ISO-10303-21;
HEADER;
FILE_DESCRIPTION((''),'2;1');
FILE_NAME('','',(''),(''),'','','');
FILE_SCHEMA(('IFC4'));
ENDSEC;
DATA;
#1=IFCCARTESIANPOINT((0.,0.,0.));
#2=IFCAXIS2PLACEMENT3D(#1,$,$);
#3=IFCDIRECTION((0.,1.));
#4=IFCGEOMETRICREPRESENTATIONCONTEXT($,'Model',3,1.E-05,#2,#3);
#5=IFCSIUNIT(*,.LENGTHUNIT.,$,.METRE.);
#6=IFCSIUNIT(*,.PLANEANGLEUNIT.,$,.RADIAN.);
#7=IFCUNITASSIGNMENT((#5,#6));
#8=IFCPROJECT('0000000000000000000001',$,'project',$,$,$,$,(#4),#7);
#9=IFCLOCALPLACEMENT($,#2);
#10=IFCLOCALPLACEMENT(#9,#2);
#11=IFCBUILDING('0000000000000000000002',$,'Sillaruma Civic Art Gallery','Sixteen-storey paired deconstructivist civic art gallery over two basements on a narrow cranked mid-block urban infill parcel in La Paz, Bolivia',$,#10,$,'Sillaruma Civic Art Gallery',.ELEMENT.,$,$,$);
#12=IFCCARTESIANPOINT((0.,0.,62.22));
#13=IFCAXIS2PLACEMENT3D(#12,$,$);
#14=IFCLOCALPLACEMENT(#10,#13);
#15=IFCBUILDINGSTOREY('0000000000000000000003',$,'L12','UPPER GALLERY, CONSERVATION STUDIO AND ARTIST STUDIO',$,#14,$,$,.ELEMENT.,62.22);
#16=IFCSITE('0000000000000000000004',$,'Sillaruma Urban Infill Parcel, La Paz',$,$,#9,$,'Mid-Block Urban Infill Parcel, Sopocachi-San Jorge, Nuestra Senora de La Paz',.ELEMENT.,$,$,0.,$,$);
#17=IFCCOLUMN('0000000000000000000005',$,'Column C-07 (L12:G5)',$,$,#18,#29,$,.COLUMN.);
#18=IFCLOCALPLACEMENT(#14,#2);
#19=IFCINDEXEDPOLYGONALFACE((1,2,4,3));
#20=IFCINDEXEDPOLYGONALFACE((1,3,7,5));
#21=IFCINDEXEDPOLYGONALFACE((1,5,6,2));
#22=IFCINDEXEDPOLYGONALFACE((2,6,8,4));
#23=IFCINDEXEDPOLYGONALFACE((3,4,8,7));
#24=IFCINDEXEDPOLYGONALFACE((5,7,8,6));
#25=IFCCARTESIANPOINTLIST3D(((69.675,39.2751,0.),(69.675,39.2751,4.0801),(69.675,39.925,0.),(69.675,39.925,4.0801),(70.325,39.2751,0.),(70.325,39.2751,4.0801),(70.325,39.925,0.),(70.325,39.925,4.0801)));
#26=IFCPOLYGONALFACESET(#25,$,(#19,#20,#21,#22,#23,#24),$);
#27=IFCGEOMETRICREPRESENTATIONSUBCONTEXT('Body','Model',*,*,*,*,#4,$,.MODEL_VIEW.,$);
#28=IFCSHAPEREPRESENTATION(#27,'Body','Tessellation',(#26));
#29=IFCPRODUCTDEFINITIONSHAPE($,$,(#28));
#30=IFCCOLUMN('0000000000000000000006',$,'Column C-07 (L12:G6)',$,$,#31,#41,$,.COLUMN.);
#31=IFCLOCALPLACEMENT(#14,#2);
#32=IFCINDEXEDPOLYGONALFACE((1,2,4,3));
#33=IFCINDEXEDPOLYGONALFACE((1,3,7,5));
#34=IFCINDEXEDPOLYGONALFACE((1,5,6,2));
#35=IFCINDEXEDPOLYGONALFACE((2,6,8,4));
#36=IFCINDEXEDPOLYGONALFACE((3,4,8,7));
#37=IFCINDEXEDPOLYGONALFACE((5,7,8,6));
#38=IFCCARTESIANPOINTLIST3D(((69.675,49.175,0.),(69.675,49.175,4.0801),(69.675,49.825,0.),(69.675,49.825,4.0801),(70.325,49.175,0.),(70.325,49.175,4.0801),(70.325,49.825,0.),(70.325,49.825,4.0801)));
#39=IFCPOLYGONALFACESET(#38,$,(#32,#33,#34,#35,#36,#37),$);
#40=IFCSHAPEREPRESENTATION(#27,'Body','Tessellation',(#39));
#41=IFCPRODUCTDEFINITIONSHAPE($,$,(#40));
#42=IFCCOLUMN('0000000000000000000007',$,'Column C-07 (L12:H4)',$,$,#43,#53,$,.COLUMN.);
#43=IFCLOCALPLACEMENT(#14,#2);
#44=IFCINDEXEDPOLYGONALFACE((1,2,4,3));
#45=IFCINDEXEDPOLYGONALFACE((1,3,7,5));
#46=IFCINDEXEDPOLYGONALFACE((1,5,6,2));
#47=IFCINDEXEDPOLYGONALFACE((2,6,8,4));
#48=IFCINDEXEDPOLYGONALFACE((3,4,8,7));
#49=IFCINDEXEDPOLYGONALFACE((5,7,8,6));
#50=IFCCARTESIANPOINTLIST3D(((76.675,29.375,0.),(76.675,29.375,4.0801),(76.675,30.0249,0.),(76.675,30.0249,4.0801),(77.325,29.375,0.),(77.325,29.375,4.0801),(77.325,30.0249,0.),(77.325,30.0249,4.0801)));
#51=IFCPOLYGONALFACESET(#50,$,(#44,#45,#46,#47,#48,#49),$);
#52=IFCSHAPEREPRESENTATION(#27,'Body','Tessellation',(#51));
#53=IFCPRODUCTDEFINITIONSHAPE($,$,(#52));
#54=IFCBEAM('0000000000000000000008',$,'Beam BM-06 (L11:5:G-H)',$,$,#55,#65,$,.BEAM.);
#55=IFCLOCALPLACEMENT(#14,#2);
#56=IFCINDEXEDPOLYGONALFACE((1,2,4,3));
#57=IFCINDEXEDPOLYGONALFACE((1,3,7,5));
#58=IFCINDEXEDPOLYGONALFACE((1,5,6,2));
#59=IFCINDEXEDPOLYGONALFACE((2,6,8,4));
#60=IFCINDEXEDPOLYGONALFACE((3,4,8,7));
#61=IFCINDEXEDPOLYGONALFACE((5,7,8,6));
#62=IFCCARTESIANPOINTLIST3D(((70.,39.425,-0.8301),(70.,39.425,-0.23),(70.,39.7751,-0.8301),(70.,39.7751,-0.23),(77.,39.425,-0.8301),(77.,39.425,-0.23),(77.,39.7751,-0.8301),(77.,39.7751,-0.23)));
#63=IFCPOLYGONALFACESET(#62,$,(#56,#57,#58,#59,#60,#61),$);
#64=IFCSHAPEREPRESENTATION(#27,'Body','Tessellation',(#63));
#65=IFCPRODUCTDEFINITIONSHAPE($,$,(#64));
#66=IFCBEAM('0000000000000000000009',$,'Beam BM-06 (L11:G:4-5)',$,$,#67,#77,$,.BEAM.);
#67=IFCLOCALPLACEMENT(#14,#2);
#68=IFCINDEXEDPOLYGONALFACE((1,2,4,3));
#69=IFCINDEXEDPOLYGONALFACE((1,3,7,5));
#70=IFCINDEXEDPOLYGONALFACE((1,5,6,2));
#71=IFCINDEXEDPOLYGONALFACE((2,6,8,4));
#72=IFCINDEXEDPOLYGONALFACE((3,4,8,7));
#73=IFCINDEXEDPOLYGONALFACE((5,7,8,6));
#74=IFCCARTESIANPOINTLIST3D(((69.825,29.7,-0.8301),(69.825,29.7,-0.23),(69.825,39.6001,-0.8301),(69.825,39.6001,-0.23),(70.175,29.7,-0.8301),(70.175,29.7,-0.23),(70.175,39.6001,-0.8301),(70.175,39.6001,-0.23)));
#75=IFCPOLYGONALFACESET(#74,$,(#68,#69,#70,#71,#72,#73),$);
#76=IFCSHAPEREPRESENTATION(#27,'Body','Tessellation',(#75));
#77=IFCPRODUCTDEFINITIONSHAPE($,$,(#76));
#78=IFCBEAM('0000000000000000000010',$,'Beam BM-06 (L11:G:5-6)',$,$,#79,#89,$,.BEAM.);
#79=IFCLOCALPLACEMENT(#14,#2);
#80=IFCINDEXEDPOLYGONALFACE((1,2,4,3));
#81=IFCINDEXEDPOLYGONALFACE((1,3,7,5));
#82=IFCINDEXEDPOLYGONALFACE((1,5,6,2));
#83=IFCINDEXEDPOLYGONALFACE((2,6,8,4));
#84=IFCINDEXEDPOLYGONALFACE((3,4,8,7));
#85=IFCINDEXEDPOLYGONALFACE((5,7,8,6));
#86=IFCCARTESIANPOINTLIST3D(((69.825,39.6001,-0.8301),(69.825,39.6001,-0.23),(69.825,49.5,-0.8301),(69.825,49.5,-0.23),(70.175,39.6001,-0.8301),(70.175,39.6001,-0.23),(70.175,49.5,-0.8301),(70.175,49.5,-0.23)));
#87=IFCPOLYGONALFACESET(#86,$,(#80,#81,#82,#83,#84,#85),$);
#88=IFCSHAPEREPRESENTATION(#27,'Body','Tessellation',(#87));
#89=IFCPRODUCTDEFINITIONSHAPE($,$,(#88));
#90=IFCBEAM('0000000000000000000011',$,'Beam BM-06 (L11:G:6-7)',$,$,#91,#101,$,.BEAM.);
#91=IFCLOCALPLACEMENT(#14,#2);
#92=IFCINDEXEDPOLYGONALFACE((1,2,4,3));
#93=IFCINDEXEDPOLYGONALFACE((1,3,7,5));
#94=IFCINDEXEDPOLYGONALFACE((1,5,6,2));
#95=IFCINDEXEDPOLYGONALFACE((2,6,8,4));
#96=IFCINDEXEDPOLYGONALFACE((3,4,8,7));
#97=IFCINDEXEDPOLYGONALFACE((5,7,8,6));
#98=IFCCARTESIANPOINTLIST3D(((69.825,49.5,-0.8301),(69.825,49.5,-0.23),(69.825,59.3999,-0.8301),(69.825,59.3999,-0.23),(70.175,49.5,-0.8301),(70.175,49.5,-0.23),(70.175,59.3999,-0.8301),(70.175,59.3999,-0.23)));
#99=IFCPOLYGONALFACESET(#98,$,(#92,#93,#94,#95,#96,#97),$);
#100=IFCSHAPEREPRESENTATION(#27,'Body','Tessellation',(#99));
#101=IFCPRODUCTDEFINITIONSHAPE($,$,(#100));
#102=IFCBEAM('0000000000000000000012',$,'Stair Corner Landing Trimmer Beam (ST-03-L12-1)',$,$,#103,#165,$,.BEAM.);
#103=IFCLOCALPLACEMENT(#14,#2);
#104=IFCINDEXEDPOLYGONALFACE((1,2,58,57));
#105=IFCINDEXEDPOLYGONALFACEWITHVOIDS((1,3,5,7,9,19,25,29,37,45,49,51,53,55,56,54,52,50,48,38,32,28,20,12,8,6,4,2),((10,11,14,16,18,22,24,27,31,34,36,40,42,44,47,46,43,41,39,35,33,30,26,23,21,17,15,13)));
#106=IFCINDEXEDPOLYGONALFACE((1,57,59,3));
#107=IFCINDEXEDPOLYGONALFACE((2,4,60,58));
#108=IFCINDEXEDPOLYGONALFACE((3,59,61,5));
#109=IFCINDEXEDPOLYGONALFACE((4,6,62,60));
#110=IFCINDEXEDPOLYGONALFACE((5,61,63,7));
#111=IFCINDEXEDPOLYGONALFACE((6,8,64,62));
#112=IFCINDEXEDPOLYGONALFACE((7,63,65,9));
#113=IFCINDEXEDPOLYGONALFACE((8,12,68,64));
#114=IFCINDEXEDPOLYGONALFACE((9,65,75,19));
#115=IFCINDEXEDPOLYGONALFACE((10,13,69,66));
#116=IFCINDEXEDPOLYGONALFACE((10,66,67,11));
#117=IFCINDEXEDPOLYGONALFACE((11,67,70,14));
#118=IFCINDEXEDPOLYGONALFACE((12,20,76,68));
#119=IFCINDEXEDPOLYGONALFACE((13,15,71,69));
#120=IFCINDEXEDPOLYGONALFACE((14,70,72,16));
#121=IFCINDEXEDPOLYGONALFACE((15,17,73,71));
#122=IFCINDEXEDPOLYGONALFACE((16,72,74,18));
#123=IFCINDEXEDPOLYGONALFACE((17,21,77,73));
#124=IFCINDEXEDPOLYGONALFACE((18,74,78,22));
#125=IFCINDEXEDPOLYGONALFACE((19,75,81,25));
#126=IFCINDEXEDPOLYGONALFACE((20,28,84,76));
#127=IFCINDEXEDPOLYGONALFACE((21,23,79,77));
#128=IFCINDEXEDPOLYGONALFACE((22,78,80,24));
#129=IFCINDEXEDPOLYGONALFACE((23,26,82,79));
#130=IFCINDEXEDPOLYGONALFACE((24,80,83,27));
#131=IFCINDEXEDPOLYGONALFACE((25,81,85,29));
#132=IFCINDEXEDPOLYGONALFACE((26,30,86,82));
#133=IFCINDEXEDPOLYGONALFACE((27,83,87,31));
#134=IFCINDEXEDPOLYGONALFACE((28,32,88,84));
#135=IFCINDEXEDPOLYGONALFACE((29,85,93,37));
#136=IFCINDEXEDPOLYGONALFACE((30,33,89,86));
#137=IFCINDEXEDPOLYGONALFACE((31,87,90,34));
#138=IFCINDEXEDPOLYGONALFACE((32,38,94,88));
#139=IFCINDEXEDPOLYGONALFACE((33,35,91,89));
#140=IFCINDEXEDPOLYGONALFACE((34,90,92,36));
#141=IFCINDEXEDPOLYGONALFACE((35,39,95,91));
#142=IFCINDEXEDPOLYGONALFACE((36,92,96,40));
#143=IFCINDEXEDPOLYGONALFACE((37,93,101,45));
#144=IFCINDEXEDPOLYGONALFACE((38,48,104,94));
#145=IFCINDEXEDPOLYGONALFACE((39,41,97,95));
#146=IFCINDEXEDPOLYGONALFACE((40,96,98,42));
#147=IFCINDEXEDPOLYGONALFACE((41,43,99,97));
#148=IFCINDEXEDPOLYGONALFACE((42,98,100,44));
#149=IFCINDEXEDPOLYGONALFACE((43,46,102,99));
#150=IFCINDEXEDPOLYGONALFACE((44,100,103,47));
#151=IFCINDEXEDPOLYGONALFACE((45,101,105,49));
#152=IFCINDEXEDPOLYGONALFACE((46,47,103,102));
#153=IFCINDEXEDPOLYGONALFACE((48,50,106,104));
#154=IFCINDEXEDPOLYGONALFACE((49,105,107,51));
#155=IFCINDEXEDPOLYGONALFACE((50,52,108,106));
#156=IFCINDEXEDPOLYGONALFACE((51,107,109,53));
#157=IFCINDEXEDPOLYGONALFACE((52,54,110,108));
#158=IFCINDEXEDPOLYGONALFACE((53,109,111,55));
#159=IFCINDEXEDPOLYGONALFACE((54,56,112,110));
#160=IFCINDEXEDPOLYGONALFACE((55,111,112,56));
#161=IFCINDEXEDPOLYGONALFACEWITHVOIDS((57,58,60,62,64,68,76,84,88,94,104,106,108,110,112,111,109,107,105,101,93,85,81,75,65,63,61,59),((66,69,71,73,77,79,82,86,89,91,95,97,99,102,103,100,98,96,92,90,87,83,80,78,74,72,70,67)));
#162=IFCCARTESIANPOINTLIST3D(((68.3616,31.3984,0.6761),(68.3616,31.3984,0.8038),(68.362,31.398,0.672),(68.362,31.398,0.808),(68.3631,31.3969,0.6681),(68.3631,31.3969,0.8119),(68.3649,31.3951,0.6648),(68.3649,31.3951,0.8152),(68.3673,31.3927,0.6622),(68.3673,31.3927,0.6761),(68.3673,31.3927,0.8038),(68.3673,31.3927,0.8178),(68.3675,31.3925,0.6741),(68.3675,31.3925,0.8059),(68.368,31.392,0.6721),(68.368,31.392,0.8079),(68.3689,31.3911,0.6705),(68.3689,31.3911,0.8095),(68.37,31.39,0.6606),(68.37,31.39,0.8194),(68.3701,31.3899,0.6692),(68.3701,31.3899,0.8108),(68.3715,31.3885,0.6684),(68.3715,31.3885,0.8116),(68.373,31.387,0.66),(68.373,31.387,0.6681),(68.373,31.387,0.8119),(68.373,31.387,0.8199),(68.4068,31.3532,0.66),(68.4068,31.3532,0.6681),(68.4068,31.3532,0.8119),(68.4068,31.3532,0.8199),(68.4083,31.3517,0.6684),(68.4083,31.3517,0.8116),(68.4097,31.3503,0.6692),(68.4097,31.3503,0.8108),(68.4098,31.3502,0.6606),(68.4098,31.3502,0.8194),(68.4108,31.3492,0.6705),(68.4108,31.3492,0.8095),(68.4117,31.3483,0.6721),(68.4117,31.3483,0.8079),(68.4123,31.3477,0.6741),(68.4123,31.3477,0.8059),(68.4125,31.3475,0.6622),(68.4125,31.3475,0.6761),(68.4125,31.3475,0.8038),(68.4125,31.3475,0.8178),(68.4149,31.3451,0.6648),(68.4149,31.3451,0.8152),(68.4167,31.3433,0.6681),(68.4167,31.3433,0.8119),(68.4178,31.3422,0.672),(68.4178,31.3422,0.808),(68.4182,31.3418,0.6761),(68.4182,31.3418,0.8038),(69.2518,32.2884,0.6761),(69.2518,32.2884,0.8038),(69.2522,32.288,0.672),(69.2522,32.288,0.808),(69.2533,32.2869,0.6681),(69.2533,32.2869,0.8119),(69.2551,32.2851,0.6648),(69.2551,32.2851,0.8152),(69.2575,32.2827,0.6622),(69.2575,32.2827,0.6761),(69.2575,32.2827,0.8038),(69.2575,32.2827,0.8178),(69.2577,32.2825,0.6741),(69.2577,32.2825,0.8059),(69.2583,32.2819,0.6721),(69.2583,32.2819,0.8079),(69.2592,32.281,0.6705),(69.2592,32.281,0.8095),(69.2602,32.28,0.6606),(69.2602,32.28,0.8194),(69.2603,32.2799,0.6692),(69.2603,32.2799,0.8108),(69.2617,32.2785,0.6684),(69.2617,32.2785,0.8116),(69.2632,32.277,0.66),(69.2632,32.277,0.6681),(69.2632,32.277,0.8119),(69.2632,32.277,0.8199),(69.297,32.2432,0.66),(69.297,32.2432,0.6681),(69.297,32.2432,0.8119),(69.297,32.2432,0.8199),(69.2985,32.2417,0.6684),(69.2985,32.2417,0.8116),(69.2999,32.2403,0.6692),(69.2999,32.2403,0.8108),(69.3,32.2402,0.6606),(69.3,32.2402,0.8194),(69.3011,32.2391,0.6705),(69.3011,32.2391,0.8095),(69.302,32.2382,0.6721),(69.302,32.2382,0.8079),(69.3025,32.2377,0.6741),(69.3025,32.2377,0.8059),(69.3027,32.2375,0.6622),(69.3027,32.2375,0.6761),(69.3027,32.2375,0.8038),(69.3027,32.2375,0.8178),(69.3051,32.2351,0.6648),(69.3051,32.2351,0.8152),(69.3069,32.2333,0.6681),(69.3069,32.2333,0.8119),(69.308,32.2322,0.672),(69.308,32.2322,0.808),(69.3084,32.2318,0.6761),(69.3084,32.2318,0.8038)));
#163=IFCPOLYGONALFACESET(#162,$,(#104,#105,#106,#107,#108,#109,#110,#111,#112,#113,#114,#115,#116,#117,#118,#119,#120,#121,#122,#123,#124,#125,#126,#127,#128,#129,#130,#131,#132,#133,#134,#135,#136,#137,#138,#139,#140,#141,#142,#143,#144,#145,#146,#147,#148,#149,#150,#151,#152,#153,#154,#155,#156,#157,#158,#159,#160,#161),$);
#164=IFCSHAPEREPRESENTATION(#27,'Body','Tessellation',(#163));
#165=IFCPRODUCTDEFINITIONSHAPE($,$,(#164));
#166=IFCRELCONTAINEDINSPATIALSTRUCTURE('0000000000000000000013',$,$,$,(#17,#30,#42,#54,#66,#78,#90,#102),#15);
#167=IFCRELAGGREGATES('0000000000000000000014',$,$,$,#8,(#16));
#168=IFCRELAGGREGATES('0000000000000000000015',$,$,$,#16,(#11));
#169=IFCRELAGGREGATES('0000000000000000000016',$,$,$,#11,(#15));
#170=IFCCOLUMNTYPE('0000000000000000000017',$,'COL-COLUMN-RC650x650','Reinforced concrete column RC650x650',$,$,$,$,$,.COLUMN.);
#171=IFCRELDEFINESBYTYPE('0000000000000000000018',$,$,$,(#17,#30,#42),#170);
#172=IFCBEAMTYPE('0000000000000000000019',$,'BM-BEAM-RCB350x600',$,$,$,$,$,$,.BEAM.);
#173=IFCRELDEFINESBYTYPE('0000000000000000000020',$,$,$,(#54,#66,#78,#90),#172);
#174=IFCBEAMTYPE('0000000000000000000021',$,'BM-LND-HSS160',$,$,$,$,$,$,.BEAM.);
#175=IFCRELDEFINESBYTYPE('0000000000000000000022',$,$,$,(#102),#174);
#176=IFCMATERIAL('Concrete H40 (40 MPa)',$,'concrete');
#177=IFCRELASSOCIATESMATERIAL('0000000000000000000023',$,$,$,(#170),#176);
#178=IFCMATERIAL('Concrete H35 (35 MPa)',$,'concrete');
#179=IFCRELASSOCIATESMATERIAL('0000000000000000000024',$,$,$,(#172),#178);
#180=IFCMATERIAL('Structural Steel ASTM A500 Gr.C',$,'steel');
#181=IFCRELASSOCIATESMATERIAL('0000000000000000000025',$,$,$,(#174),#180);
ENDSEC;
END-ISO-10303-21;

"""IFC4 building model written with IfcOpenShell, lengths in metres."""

from ifc_helpers import new_model, si_unit, direction, frame, origin, origin_2d, place, context, subcontext, project, spatial, rectangle, hollow_rectangle, extrude, material, material_profile, profile_set, type_object, element, save


model = new_model("IFC4")

# Units and contexts
model_context = context("Model", 3, precision=1e-05, world=origin(), true_north=direction((0.0, 1.0)))
body_context = subcontext(model_context, "Body", "Model", "MODEL_VIEW")
ifc_project = project(units=[si_unit("LENGTHUNIT", "METRE"), si_unit("PLANEANGLEUNIT", "RADIAN")], contexts=[model_context])

# Site, building, storey
site_placement = place(None, origin())
site = spatial("IfcSite", under=ifc_project, at=site_placement, Name="Sillaruma Urban Infill Parcel, La Paz", LongName="Mid-Block Urban Infill Parcel, Sopocachi-San Jorge, Nuestra Senora de La Paz", CompositionType="ELEMENT", RefElevation=0.0)
building_placement = place(site_placement, origin())
building = spatial("IfcBuilding", under=site, at=building_placement, Name="Sillaruma Civic Art Gallery", Description="Sixteen-storey paired deconstructivist civic art gallery over two basements on a narrow cranked mid-block urban infill parcel in La Paz, Bolivia", LongName="Sillaruma Civic Art Gallery", CompositionType="ELEMENT")
storey_placement = place(building_placement, frame((0.0, 0.0, 62.22)))
storey = spatial("IfcBuildingStorey", under=building, at=storey_placement, Name="L12", Description="UPPER GALLERY, CONSERVATION STUDIO AND ARTIST STUDIO", CompositionType="ELEMENT", Elevation=62.22)

# Columns
ifc_material_1 = material(Name="Concrete H40 (40 MPa)", Category="concrete")
ifc_material_profile_1 = material_profile(ifc_material_1, rectangle(XDim=0.6499, YDim=0.6499, at=origin_2d()), Name="RC650x650")
ifc_profile_set_1 = profile_set([ifc_material_profile_1], Name="Concrete H40 (40 MPa)")
column_type = type_object("IfcColumnType", Name="COL-COLUMN-RC650x650", Description="Reinforced concrete column RC650x650", PredefinedType="COLUMN", material=ifc_profile_set_1)
for number, where, z_axis, x_axis, name in (
    (1, (70.0, 39.6001, 0.0), (0.0, 0.0, 1.0), (1.0, 0.0, 0.0), "Column C-07 (L12:G5)"),
    (2, (70.0, 49.5, 0.0), (0.0, 0.0, 1.0), (1.0, 0.0, 0.0), "Column C-07 (L12:G6)"),
    (3, (77.0, 29.7, 0.0), (0.0, 0.0, 1.0), (1.0, 0.0, 0.0), "Column C-07 (L12:H4)"),
):
    element("IfcColumn", number, at=place(storey_placement, frame(where, z_axis=z_axis, x_axis=x_axis)), inside=storey, type_object=column_type, Name=name, PredefinedType="COLUMN", context=body_context, shape_type="SweptSolid", body=[
        extrude(rectangle(XDim=0.6499, YDim=0.6499, at=origin_2d()), origin(), (0.0, 0.0, 1.0), 4.0801),
    ])

# Beams
ifc_material_2 = material(Name="Concrete H35 (35 MPa)", Category="concrete")
ifc_material_profile_2 = material_profile(ifc_material_2, rectangle(XDim=0.3501, YDim=0.6001, at=origin_2d()), Name="RCB350x600")
ifc_profile_set_2 = profile_set([ifc_material_profile_2], Name="Concrete H35 (35 MPa)")
beam_type_1 = type_object("IfcBeamType", Name="BM-BEAM-RCB350x600", PredefinedType="BEAM", material=ifc_profile_set_2)
beam_1_placement = place(storey_placement, frame((70.0, 39.6001, -0.53), z_axis=(1.0, 0.0, 0.0), x_axis=(0.0, 1.0, 0.0)))
element("IfcBeam", 4, at=beam_1_placement, inside=storey, type_object=beam_type_1, Name="Beam BM-06 (L11:5:G-H)", PredefinedType="BEAM", context=body_context, shape_type="SweptSolid", body=[
    extrude(rectangle(XDim=0.3501, YDim=0.6001, at=origin_2d()), origin(), (0.0, 0.0, 1.0), 7.0),
])
beam_2_placement = place(storey_placement, frame((70.0, 29.7, -0.53), z_axis=(0.0, 1.0, 0.0), x_axis=(-1.0, 0.0, 0.0)))
element("IfcBeam", 5, at=beam_2_placement, inside=storey, type_object=beam_type_1, Name="Beam BM-06 (L11:G:4-5)", PredefinedType="BEAM", context=body_context, shape_type="SweptSolid", body=[
    extrude(rectangle(XDim=0.3501, YDim=0.6001, at=origin_2d()), origin(), (0.0, 0.0, 1.0), 9.9001),
])
for number, where, z_axis, x_axis, name in (
    (6, (70.0, 39.6001, -0.53), (0.0, 1.0, 0.0), (-1.0, 0.0, 0.0), "Beam BM-06 (L11:G:5-6)"),
    (7, (70.0, 49.5, -0.53), (0.0, 1.0, 0.0), (-1.0, 0.0, 0.0), "Beam BM-06 (L11:G:6-7)"),
):
    element("IfcBeam", number, at=place(storey_placement, frame(where, z_axis=z_axis, x_axis=x_axis)), inside=storey, type_object=beam_type_1, Name=name, PredefinedType="BEAM", context=body_context, shape_type="SweptSolid", body=[
        extrude(rectangle(XDim=0.3501, YDim=0.6001, at=origin_2d()), origin(), (0.0, 0.0, 1.0), 9.8999),
    ])
ifc_material_3 = material(Name="Structural Steel ASTM A500 Gr.C", Category="steel")
ifc_material_profile_3 = material_profile(ifc_material_3, hollow_rectangle(XDim=0.0801, YDim=0.1599, WallThickness=0.0081, InnerFilletRadius=0.0081, OuterFilletRadius=0.0161, at=origin_2d()), Name="HSS160x80x8")
ifc_profile_set_3 = profile_set([ifc_material_profile_3], Name="Structural Steel ASTM A500 Gr.C")
beam_type_2 = type_object("IfcBeamType", Name="BM-LND-HSS160", PredefinedType="BEAM", material=ifc_profile_set_3)
for number, where, z_axis, x_axis, name in (
    (8, (68.3899, 31.3701, 0.74), (0.707204, 0.70701, 0.0), (-0.70701, 0.707204, 0.0), "Stair Corner Landing Trimmer Beam (ST-03-L12-1)"),
):
    element("IfcBeam", number, at=place(storey_placement, frame(where, z_axis=z_axis, x_axis=x_axis)), inside=storey, type_object=beam_type_2, Name=name, PredefinedType="BEAM", context=body_context, shape_type="SweptSolid", body=[
        extrude(hollow_rectangle(XDim=0.0801, YDim=0.1599, WallThickness=0.0081, InnerFilletRadius=0.0081, OuterFilletRadius=0.0161, at=origin_2d()), origin(), (0.0, 0.0, 1.0), 1.2588),
    ])

save(model, "model.ifc")
